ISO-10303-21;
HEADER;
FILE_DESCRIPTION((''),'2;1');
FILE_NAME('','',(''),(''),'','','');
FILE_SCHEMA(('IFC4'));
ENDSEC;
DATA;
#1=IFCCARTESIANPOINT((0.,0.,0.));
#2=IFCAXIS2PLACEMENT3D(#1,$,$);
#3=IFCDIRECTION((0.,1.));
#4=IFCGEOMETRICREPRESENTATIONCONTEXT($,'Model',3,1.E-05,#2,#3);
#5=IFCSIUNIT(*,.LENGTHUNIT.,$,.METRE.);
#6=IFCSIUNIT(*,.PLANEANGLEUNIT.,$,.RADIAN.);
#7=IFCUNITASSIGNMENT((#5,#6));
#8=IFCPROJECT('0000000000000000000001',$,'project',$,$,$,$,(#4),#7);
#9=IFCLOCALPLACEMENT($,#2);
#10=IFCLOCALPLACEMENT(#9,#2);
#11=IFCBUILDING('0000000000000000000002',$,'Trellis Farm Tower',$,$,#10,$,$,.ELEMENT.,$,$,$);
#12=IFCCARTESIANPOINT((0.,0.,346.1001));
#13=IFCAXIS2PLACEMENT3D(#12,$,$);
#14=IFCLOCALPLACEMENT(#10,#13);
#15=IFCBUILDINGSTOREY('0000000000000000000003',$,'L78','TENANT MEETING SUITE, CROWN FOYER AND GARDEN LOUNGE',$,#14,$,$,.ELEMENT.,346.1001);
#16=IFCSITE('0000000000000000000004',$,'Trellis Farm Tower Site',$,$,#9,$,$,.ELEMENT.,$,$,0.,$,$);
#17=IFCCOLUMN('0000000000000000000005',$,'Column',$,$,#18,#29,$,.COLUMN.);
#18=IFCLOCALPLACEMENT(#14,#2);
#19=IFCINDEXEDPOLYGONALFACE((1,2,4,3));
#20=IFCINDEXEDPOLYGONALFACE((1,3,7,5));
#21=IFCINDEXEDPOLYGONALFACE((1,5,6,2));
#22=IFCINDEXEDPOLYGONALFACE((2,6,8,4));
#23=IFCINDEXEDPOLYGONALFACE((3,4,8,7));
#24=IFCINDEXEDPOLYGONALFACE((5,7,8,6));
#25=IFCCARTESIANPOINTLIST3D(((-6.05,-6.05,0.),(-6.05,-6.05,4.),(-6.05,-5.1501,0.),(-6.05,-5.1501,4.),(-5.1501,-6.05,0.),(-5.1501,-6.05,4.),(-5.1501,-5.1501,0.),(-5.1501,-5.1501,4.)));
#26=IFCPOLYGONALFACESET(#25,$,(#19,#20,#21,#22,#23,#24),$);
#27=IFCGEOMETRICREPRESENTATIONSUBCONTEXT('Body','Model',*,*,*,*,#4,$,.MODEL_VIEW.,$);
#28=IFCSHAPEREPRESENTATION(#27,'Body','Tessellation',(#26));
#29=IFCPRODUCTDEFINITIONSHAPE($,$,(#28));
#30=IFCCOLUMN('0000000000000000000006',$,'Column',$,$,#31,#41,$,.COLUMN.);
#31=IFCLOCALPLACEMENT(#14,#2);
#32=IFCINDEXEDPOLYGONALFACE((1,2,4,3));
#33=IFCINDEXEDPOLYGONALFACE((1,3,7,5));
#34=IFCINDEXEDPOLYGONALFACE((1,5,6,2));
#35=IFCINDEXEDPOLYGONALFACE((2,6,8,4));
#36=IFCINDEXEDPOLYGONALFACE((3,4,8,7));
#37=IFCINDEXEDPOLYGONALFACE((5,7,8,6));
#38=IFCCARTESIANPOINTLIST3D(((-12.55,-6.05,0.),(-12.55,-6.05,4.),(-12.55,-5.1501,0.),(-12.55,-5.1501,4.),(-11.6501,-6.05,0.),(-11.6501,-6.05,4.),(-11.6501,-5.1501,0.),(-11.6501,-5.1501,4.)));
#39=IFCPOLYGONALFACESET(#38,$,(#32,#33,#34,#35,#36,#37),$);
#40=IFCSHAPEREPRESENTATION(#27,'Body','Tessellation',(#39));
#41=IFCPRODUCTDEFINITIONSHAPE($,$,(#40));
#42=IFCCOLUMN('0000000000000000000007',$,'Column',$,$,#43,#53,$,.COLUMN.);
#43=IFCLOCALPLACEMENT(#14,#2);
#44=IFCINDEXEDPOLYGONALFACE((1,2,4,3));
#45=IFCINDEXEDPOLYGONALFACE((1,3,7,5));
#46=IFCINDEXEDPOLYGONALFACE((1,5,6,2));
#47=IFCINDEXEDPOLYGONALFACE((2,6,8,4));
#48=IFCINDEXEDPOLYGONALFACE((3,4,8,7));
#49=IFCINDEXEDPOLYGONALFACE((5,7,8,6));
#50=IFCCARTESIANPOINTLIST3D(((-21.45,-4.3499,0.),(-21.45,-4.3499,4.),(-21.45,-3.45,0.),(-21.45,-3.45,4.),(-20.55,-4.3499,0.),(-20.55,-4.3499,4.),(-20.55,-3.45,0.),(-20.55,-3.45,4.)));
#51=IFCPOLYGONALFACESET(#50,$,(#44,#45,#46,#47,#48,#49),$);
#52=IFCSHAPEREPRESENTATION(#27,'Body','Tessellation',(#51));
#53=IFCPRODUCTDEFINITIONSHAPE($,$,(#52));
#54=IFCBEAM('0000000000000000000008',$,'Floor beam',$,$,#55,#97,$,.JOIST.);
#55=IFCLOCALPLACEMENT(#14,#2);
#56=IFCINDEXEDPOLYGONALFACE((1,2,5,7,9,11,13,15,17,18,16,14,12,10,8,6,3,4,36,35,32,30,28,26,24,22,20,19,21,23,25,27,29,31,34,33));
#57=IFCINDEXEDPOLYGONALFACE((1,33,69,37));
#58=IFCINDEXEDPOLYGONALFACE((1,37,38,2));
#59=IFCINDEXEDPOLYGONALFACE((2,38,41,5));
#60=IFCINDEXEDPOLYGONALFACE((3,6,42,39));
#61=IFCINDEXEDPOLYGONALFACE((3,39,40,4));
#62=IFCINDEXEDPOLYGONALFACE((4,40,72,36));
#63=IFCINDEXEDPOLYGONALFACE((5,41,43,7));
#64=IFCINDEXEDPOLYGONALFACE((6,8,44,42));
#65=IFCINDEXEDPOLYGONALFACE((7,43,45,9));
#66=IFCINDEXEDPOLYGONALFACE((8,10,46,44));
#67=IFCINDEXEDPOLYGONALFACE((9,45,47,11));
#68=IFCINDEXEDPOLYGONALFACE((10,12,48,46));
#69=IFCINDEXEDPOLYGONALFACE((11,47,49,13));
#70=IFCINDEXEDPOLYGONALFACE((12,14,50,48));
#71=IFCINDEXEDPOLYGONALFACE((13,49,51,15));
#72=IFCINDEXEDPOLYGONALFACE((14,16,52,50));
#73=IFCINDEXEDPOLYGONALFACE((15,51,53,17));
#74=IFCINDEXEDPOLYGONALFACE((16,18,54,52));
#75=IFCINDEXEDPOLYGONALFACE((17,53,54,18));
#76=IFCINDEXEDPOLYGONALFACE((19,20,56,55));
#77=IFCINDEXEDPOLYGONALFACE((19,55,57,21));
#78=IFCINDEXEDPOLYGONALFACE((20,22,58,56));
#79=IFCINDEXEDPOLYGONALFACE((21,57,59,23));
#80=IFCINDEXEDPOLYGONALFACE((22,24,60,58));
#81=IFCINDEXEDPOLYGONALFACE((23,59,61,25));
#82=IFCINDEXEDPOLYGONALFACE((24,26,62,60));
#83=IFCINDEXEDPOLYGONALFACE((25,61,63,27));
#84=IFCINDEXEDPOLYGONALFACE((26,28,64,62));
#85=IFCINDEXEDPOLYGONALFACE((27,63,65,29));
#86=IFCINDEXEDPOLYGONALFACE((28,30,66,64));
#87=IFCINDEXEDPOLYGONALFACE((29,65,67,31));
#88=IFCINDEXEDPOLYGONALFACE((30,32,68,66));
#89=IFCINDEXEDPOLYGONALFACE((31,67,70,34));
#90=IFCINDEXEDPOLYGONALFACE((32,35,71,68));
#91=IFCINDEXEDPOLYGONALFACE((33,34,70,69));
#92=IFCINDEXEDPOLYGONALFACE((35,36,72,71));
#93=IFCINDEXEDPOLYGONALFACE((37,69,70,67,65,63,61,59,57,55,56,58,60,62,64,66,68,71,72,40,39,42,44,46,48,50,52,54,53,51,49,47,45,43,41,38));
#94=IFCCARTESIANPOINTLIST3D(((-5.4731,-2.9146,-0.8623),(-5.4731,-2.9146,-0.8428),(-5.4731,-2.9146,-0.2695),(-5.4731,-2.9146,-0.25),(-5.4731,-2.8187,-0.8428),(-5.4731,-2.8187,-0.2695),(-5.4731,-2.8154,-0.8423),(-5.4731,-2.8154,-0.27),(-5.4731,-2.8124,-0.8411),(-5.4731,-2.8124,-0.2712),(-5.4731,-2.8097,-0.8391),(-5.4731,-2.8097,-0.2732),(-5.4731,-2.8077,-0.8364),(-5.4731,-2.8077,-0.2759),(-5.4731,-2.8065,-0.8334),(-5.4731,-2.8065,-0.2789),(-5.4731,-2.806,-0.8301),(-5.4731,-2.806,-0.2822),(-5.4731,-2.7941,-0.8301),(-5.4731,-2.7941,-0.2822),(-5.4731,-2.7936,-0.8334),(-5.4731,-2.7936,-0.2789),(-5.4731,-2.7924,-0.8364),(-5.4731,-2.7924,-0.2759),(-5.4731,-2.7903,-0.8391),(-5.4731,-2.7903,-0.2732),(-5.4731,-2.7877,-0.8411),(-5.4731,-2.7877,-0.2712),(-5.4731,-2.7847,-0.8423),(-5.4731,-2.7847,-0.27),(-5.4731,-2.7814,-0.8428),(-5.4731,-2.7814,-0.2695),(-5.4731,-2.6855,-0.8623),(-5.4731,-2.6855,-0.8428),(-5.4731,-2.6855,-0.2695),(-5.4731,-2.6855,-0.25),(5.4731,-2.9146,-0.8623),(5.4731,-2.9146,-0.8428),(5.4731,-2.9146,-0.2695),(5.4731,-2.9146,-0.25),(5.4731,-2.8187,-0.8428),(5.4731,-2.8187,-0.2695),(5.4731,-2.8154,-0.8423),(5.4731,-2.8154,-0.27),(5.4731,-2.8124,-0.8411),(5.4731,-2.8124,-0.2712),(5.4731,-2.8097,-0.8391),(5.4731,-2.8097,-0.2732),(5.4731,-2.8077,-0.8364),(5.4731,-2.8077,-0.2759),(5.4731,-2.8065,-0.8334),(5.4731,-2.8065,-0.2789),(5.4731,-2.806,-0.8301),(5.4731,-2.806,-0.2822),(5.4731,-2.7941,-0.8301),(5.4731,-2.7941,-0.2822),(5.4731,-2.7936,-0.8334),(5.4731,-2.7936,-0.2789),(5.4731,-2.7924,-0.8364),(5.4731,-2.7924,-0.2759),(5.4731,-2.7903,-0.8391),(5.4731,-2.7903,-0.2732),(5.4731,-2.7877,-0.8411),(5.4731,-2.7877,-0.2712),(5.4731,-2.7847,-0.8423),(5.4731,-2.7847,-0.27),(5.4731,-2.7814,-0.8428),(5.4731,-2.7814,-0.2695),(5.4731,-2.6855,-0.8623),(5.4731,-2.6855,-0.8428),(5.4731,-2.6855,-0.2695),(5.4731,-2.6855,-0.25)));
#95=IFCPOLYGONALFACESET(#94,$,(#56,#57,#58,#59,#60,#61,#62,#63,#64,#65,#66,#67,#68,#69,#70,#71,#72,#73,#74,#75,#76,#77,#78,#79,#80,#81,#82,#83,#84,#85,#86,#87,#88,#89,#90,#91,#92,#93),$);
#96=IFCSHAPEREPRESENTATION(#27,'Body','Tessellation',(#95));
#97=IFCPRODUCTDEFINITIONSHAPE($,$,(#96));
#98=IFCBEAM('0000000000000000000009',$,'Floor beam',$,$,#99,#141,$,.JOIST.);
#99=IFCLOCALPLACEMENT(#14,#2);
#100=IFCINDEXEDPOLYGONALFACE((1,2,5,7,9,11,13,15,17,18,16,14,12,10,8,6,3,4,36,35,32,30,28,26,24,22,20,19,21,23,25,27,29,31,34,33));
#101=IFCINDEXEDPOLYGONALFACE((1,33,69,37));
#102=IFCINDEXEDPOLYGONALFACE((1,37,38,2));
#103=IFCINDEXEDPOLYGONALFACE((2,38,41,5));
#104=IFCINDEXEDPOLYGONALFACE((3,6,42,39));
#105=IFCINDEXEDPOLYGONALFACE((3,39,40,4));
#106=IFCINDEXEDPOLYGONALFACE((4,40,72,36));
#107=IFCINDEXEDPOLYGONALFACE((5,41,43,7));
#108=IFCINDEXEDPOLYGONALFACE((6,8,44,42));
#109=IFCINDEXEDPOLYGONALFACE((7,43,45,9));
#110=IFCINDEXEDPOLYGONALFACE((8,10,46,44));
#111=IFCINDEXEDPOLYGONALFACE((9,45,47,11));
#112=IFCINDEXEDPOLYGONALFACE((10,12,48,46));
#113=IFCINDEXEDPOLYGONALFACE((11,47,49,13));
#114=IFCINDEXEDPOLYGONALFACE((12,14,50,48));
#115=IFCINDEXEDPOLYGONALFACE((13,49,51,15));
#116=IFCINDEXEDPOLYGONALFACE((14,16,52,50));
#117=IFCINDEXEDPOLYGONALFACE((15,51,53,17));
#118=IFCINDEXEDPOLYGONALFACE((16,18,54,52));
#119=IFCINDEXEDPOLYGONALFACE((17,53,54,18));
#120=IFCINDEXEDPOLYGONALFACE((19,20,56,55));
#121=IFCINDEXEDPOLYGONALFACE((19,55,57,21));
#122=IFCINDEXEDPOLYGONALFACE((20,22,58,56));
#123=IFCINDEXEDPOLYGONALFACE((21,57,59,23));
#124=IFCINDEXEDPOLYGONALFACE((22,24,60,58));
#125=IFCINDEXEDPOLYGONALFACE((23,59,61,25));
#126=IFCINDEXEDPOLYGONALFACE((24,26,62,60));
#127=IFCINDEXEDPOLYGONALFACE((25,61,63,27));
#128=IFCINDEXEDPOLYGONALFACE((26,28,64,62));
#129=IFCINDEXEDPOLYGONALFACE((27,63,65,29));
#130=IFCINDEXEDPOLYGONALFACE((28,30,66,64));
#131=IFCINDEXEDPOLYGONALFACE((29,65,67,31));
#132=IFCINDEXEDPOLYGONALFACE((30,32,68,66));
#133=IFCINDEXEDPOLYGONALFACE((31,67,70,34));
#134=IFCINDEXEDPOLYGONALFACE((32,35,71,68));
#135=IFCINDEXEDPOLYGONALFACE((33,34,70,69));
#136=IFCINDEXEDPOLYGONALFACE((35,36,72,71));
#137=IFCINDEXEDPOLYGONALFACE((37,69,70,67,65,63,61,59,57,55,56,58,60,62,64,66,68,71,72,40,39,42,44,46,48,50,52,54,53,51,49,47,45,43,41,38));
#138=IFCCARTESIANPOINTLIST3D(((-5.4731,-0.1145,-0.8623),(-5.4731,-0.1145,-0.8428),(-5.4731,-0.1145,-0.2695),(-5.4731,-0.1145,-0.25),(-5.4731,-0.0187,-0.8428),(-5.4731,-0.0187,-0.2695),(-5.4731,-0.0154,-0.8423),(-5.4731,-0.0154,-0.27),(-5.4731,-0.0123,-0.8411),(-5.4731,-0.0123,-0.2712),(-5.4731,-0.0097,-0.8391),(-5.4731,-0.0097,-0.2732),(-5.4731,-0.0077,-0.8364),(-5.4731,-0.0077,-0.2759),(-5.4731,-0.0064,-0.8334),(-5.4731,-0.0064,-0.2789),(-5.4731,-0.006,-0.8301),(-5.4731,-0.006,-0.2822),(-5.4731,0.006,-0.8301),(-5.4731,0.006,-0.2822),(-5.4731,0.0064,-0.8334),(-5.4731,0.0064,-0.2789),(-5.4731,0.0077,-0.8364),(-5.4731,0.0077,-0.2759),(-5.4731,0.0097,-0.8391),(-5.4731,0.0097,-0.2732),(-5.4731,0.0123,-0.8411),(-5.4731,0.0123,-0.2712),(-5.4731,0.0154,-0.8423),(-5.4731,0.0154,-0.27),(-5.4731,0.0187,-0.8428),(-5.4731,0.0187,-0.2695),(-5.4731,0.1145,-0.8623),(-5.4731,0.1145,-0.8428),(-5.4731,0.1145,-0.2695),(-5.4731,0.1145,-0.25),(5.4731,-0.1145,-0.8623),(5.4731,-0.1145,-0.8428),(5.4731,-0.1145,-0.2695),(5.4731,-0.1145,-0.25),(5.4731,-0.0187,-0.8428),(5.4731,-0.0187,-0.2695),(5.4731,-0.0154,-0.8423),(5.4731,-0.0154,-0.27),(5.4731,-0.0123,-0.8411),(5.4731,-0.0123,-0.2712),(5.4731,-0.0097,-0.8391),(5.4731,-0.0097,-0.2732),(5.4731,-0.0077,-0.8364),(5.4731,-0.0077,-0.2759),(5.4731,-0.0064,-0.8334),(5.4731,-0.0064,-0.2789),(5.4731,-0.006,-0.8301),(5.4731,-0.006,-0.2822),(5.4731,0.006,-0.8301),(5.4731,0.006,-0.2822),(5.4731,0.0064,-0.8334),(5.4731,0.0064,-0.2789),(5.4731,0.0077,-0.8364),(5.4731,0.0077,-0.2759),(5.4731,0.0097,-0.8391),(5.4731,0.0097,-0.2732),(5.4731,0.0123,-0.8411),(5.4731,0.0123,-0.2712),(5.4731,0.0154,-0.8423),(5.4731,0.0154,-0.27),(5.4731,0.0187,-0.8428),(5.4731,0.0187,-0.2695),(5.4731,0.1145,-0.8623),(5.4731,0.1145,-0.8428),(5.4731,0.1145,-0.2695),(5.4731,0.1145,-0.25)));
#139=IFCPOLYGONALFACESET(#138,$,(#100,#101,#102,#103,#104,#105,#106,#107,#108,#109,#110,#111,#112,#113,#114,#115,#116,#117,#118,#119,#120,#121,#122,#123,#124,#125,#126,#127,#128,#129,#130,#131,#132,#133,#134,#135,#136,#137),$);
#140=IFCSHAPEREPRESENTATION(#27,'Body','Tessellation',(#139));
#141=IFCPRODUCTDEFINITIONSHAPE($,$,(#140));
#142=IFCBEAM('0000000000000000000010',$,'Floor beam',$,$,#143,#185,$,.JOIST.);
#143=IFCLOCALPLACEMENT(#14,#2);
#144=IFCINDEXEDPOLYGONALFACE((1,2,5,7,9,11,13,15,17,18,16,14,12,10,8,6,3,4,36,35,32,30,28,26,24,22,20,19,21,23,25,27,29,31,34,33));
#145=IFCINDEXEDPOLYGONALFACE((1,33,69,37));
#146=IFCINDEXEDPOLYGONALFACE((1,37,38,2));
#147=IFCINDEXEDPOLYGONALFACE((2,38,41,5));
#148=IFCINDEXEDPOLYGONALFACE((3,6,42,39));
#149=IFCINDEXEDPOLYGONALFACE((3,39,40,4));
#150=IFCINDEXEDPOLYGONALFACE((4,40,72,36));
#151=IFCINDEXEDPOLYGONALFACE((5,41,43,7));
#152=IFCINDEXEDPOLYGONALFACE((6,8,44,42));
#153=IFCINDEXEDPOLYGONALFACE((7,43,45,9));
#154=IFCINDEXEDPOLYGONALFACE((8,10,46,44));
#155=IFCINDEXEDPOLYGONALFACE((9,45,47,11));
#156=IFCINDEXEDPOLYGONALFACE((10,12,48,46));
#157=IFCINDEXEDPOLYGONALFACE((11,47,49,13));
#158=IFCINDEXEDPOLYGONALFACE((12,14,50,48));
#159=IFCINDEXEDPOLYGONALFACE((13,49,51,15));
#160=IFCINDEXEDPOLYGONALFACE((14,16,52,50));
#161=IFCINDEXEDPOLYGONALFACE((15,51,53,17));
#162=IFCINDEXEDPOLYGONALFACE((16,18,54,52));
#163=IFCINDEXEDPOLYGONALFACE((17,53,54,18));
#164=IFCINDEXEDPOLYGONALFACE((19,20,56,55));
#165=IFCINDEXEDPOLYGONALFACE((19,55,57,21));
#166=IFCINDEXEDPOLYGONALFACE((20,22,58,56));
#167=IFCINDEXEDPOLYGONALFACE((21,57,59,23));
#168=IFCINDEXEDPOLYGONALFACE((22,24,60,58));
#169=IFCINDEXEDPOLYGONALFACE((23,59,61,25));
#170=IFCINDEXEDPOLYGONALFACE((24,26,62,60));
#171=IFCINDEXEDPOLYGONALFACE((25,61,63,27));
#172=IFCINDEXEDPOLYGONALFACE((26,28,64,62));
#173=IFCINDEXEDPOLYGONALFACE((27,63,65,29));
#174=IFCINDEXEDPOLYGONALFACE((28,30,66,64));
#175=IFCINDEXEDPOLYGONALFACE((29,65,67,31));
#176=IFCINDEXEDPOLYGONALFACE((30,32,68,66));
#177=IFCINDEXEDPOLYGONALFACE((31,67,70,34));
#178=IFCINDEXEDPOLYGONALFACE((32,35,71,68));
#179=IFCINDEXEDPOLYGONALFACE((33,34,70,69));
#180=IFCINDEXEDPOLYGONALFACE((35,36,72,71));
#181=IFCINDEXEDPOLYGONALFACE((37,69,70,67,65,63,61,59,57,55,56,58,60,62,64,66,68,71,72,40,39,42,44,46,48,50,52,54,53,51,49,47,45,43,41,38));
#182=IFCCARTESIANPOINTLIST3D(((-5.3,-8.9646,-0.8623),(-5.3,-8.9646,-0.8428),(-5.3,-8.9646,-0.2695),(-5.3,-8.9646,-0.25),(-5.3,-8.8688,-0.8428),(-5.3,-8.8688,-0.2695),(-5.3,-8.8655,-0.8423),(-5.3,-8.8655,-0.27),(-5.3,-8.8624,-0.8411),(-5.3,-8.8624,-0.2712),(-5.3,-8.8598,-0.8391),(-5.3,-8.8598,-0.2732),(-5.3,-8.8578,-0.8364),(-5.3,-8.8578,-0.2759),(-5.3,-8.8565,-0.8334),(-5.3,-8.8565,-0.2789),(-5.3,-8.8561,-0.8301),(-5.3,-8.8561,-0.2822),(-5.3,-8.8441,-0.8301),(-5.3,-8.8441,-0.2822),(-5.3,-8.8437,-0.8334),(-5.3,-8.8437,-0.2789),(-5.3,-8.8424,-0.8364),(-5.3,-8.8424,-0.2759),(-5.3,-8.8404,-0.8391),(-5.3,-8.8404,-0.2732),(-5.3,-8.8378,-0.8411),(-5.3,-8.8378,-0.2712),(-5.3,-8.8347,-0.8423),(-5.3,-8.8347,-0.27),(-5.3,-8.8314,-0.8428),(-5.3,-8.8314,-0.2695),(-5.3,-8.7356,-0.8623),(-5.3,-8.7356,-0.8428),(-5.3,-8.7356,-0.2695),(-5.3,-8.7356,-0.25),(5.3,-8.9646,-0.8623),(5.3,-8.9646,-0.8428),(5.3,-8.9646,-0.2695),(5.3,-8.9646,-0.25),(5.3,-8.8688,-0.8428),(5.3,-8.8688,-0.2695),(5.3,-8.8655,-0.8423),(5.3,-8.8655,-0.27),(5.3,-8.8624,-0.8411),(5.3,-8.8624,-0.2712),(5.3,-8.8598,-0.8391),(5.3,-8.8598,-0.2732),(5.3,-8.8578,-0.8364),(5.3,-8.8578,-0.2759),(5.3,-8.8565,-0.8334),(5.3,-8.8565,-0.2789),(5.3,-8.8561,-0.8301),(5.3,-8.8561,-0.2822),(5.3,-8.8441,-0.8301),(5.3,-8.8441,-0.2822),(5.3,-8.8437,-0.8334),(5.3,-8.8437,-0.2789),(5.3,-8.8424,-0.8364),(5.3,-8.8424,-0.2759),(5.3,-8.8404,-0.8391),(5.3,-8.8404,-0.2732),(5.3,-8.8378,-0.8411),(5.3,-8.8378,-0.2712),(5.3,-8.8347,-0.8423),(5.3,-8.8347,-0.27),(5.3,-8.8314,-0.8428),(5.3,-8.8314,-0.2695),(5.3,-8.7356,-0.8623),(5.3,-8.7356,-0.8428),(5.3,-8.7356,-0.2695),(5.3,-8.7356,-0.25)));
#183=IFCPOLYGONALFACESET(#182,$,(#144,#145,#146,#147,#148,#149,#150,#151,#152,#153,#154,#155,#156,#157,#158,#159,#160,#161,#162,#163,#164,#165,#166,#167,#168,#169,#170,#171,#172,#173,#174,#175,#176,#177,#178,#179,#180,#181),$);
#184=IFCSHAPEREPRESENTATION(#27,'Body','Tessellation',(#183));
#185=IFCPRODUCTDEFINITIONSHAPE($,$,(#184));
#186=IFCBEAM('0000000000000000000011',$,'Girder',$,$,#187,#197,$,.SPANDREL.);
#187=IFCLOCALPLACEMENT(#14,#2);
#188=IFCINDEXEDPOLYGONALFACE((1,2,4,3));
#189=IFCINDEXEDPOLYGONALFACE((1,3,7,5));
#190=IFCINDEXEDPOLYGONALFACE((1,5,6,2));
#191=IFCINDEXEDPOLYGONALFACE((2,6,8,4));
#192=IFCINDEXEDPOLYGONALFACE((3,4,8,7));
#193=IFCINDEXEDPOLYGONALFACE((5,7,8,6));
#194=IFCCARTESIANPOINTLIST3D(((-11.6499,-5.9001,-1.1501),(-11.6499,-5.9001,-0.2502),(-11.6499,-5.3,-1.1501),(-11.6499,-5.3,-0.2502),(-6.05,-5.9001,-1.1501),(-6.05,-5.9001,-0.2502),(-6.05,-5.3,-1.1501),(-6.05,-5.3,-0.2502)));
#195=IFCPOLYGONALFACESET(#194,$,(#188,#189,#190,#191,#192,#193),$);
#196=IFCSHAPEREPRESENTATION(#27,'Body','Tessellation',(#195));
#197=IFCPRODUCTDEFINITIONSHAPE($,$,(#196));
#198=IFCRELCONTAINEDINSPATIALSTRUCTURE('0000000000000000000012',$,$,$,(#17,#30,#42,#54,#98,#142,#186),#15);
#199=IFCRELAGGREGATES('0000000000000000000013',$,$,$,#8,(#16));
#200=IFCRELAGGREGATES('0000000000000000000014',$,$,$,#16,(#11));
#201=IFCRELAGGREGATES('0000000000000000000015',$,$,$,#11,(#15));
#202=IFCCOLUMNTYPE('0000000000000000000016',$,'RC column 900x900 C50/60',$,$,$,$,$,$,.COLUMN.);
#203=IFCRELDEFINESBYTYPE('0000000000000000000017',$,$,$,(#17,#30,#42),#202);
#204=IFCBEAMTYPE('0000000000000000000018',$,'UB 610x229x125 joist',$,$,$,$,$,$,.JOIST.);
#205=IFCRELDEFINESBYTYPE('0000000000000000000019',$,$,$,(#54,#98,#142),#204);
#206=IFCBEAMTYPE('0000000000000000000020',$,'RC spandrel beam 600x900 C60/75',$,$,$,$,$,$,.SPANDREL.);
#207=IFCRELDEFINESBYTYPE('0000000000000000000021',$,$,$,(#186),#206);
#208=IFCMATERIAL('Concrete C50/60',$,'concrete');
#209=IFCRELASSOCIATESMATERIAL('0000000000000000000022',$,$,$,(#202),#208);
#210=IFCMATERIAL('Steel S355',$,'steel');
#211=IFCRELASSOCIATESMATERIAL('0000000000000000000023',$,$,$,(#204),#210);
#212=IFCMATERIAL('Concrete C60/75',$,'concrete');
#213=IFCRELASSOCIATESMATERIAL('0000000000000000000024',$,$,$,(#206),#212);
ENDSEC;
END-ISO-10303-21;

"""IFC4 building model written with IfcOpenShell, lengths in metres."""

from ifc_helpers import new_model, si_unit, direction, frame, origin, origin_2d, place, context, subcontext, project, spatial, rectangle, i_section, extrude, source, transform, mapped, material, material_profile, profile_set, type_object, element, save


model = new_model("IFC4")

# Units and contexts
model_context = context("Model", 3, precision=1e-05, world=origin(), true_north=direction((0.0, 1.0)))
body_context = subcontext(model_context, "Body", "Model", "MODEL_VIEW")
ifc_project = project(units=[si_unit("LENGTHUNIT", "METRE"), si_unit("PLANEANGLEUNIT", "RADIAN")], contexts=[model_context])

# Site, building, storey
site_placement = place(None, origin())
site = spatial("IfcSite", under=ifc_project, at=site_placement, Name="Trellis Farm Tower Site", CompositionType="ELEMENT", RefElevation=0.0)
building_placement = place(site_placement, origin())
building = spatial("IfcBuilding", under=site, at=building_placement, Name="Trellis Farm Tower", CompositionType="ELEMENT")
storey_placement = place(building_placement, frame((0.0, 0.0, 346.1001)))
storey = spatial("IfcBuildingStorey", under=building, at=storey_placement, Name="L78", Description="TENANT MEETING SUITE, CROWN FOYER AND GARDEN LOUNGE", CompositionType="ELEMENT", Elevation=346.1001)

# Columns
ifc_material_1 = material(Name="Concrete C50/60", Category="concrete")
ifc_material_profile_1 = material_profile(ifc_material_1, rectangle(XDim=0.8999, YDim=0.8999, at=origin_2d()), Name="RC column 900x900 C50/60")
ifc_profile_set_1 = profile_set([ifc_material_profile_1], Name="Concrete C50/60")
column_type = type_object("IfcColumnType", Name="RC column 900x900 C50/60", PredefinedType="COLUMN", material=ifc_profile_set_1)
shared_shape_1 = source(origin(), body_context, "Body", "SweptSolid", [
    extrude(rectangle(XDim=0.8999, YDim=0.8999, at=origin_2d()), origin(), (0.0, 0.0, 1.0), 4.0),
])
for number, where, z_axis, x_axis, name in (
    (1, (-5.6001, -5.6001, 0.0), (0.0, 0.0, 1.0), (1.0, 0.0, 0.0), "Column"),
    (2, (-12.1001, -5.6001, 0.0), (0.0, 0.0, 1.0), (1.0, 0.0, 0.0), "Column"),
    (3, (-21.0, -3.8999, 0.0), (0.0, 0.0, 1.0), (1.0, 0.0, 0.0), "Column"),
):
    element("IfcColumn", number, at=place(storey_placement, frame(where, z_axis=z_axis, x_axis=x_axis)), inside=storey, type_object=column_type, Name=name, PredefinedType="COLUMN", context=body_context, shape_type="MappedRepresentation", body=[
        mapped(shared_shape_1, transform((0.0, 0.0, 0.0))),
    ])

# Beams
ifc_material_2 = material(Name="Steel S355", Category="steel")
ifc_material_profile_2 = material_profile(ifc_material_2, i_section(OverallWidth=0.229, OverallDepth=0.6123, WebThickness=0.012, FlangeThickness=0.0195, FilletRadius=0.0127, at=origin_2d()), Name="UB 610x229x125")
ifc_profile_set_2 = profile_set([ifc_material_profile_2], Name="Steel S355")
beam_type_1 = type_object("IfcBeamType", Name="UB 610x229x125 joist", PredefinedType="JOIST", material=ifc_profile_set_2)
shared_shape_2 = source(origin(), body_context, "Body", "SweptSolid", [
    extrude(i_section(OverallWidth=0.229, OverallDepth=0.6123, WebThickness=0.012, FlangeThickness=0.0195, FilletRadius=0.0127, at=origin_2d()), origin(), (0.0, 0.0, 1.0), 10.9463),
])
for number, where, z_axis, x_axis, name in (
    (4, (-5.4731, -2.8, -0.5562), (1.0, 0.0, 0.0), (0.0, 1.0, 0.0), "Floor beam"),
    (5, (-5.4731, 0.0, -0.5562), (1.0, 0.0, 0.0), (0.0, 1.0, 0.0), "Floor beam"),
):
    element("IfcBeam", number, at=place(storey_placement, frame(where, z_axis=z_axis, x_axis=x_axis)), inside=storey, type_object=beam_type_1, Name=name, PredefinedType="JOIST", context=body_context, shape_type="MappedRepresentation", body=[
        mapped(shared_shape_2, transform((0.0, 0.0, 0.0))),
    ])
shared_shape_3 = source(origin(), body_context, "Body", "SweptSolid", [
    extrude(i_section(OverallWidth=0.229, OverallDepth=0.6123, WebThickness=0.012, FlangeThickness=0.0195, FilletRadius=0.0127, at=origin_2d()), origin(), (0.0, 0.0, 1.0), 10.6001),
])
beam_1_placement = place(storey_placement, frame((-5.3, -8.8501, -0.5562), z_axis=(1.0, 0.0, 0.0), x_axis=(0.0, 1.0, 0.0)))
element("IfcBeam", 6, at=beam_1_placement, inside=storey, type_object=beam_type_1, Name="Floor beam", PredefinedType="JOIST", context=body_context, shape_type="MappedRepresentation", body=[
    mapped(shared_shape_3, transform((0.0, 0.0, 0.0))),
])
ifc_material_3 = material(Name="Concrete C60/75", Category="concrete")
ifc_material_profile_3 = material_profile(ifc_material_3, rectangle(XDim=0.6001, YDim=0.8999, at=origin_2d()), Name="RC spandrel beam 600x900 C60/75")
ifc_profile_set_3 = profile_set([ifc_material_profile_3], Name="Concrete C60/75")
beam_type_2 = type_object("IfcBeamType", Name="RC spandrel beam 600x900 C60/75", PredefinedType="SPANDREL", material=ifc_profile_set_3)
shared_shape_4 = source(origin(), body_context, "Body", "SweptSolid", [
    extrude(rectangle(XDim=0.6001, YDim=0.8999, at=origin_2d()), origin(), (0.0, 0.0, 1.0), 5.5999),
])
for number, where, z_axis, x_axis, name in (
    (7, (-11.6499, -5.6001, -0.7002), (1.0, 0.0, 0.0), (0.0, 1.0, 0.0), "Girder"),
):
    element("IfcBeam", number, at=place(storey_placement, frame(where, z_axis=z_axis, x_axis=x_axis)), inside=storey, type_object=beam_type_2, Name=name, PredefinedType="SPANDREL", context=body_context, shape_type="MappedRepresentation", body=[
        mapped(shared_shape_4, transform((0.0, 0.0, 0.0))),
    ])

save(model, "model.ifc")
